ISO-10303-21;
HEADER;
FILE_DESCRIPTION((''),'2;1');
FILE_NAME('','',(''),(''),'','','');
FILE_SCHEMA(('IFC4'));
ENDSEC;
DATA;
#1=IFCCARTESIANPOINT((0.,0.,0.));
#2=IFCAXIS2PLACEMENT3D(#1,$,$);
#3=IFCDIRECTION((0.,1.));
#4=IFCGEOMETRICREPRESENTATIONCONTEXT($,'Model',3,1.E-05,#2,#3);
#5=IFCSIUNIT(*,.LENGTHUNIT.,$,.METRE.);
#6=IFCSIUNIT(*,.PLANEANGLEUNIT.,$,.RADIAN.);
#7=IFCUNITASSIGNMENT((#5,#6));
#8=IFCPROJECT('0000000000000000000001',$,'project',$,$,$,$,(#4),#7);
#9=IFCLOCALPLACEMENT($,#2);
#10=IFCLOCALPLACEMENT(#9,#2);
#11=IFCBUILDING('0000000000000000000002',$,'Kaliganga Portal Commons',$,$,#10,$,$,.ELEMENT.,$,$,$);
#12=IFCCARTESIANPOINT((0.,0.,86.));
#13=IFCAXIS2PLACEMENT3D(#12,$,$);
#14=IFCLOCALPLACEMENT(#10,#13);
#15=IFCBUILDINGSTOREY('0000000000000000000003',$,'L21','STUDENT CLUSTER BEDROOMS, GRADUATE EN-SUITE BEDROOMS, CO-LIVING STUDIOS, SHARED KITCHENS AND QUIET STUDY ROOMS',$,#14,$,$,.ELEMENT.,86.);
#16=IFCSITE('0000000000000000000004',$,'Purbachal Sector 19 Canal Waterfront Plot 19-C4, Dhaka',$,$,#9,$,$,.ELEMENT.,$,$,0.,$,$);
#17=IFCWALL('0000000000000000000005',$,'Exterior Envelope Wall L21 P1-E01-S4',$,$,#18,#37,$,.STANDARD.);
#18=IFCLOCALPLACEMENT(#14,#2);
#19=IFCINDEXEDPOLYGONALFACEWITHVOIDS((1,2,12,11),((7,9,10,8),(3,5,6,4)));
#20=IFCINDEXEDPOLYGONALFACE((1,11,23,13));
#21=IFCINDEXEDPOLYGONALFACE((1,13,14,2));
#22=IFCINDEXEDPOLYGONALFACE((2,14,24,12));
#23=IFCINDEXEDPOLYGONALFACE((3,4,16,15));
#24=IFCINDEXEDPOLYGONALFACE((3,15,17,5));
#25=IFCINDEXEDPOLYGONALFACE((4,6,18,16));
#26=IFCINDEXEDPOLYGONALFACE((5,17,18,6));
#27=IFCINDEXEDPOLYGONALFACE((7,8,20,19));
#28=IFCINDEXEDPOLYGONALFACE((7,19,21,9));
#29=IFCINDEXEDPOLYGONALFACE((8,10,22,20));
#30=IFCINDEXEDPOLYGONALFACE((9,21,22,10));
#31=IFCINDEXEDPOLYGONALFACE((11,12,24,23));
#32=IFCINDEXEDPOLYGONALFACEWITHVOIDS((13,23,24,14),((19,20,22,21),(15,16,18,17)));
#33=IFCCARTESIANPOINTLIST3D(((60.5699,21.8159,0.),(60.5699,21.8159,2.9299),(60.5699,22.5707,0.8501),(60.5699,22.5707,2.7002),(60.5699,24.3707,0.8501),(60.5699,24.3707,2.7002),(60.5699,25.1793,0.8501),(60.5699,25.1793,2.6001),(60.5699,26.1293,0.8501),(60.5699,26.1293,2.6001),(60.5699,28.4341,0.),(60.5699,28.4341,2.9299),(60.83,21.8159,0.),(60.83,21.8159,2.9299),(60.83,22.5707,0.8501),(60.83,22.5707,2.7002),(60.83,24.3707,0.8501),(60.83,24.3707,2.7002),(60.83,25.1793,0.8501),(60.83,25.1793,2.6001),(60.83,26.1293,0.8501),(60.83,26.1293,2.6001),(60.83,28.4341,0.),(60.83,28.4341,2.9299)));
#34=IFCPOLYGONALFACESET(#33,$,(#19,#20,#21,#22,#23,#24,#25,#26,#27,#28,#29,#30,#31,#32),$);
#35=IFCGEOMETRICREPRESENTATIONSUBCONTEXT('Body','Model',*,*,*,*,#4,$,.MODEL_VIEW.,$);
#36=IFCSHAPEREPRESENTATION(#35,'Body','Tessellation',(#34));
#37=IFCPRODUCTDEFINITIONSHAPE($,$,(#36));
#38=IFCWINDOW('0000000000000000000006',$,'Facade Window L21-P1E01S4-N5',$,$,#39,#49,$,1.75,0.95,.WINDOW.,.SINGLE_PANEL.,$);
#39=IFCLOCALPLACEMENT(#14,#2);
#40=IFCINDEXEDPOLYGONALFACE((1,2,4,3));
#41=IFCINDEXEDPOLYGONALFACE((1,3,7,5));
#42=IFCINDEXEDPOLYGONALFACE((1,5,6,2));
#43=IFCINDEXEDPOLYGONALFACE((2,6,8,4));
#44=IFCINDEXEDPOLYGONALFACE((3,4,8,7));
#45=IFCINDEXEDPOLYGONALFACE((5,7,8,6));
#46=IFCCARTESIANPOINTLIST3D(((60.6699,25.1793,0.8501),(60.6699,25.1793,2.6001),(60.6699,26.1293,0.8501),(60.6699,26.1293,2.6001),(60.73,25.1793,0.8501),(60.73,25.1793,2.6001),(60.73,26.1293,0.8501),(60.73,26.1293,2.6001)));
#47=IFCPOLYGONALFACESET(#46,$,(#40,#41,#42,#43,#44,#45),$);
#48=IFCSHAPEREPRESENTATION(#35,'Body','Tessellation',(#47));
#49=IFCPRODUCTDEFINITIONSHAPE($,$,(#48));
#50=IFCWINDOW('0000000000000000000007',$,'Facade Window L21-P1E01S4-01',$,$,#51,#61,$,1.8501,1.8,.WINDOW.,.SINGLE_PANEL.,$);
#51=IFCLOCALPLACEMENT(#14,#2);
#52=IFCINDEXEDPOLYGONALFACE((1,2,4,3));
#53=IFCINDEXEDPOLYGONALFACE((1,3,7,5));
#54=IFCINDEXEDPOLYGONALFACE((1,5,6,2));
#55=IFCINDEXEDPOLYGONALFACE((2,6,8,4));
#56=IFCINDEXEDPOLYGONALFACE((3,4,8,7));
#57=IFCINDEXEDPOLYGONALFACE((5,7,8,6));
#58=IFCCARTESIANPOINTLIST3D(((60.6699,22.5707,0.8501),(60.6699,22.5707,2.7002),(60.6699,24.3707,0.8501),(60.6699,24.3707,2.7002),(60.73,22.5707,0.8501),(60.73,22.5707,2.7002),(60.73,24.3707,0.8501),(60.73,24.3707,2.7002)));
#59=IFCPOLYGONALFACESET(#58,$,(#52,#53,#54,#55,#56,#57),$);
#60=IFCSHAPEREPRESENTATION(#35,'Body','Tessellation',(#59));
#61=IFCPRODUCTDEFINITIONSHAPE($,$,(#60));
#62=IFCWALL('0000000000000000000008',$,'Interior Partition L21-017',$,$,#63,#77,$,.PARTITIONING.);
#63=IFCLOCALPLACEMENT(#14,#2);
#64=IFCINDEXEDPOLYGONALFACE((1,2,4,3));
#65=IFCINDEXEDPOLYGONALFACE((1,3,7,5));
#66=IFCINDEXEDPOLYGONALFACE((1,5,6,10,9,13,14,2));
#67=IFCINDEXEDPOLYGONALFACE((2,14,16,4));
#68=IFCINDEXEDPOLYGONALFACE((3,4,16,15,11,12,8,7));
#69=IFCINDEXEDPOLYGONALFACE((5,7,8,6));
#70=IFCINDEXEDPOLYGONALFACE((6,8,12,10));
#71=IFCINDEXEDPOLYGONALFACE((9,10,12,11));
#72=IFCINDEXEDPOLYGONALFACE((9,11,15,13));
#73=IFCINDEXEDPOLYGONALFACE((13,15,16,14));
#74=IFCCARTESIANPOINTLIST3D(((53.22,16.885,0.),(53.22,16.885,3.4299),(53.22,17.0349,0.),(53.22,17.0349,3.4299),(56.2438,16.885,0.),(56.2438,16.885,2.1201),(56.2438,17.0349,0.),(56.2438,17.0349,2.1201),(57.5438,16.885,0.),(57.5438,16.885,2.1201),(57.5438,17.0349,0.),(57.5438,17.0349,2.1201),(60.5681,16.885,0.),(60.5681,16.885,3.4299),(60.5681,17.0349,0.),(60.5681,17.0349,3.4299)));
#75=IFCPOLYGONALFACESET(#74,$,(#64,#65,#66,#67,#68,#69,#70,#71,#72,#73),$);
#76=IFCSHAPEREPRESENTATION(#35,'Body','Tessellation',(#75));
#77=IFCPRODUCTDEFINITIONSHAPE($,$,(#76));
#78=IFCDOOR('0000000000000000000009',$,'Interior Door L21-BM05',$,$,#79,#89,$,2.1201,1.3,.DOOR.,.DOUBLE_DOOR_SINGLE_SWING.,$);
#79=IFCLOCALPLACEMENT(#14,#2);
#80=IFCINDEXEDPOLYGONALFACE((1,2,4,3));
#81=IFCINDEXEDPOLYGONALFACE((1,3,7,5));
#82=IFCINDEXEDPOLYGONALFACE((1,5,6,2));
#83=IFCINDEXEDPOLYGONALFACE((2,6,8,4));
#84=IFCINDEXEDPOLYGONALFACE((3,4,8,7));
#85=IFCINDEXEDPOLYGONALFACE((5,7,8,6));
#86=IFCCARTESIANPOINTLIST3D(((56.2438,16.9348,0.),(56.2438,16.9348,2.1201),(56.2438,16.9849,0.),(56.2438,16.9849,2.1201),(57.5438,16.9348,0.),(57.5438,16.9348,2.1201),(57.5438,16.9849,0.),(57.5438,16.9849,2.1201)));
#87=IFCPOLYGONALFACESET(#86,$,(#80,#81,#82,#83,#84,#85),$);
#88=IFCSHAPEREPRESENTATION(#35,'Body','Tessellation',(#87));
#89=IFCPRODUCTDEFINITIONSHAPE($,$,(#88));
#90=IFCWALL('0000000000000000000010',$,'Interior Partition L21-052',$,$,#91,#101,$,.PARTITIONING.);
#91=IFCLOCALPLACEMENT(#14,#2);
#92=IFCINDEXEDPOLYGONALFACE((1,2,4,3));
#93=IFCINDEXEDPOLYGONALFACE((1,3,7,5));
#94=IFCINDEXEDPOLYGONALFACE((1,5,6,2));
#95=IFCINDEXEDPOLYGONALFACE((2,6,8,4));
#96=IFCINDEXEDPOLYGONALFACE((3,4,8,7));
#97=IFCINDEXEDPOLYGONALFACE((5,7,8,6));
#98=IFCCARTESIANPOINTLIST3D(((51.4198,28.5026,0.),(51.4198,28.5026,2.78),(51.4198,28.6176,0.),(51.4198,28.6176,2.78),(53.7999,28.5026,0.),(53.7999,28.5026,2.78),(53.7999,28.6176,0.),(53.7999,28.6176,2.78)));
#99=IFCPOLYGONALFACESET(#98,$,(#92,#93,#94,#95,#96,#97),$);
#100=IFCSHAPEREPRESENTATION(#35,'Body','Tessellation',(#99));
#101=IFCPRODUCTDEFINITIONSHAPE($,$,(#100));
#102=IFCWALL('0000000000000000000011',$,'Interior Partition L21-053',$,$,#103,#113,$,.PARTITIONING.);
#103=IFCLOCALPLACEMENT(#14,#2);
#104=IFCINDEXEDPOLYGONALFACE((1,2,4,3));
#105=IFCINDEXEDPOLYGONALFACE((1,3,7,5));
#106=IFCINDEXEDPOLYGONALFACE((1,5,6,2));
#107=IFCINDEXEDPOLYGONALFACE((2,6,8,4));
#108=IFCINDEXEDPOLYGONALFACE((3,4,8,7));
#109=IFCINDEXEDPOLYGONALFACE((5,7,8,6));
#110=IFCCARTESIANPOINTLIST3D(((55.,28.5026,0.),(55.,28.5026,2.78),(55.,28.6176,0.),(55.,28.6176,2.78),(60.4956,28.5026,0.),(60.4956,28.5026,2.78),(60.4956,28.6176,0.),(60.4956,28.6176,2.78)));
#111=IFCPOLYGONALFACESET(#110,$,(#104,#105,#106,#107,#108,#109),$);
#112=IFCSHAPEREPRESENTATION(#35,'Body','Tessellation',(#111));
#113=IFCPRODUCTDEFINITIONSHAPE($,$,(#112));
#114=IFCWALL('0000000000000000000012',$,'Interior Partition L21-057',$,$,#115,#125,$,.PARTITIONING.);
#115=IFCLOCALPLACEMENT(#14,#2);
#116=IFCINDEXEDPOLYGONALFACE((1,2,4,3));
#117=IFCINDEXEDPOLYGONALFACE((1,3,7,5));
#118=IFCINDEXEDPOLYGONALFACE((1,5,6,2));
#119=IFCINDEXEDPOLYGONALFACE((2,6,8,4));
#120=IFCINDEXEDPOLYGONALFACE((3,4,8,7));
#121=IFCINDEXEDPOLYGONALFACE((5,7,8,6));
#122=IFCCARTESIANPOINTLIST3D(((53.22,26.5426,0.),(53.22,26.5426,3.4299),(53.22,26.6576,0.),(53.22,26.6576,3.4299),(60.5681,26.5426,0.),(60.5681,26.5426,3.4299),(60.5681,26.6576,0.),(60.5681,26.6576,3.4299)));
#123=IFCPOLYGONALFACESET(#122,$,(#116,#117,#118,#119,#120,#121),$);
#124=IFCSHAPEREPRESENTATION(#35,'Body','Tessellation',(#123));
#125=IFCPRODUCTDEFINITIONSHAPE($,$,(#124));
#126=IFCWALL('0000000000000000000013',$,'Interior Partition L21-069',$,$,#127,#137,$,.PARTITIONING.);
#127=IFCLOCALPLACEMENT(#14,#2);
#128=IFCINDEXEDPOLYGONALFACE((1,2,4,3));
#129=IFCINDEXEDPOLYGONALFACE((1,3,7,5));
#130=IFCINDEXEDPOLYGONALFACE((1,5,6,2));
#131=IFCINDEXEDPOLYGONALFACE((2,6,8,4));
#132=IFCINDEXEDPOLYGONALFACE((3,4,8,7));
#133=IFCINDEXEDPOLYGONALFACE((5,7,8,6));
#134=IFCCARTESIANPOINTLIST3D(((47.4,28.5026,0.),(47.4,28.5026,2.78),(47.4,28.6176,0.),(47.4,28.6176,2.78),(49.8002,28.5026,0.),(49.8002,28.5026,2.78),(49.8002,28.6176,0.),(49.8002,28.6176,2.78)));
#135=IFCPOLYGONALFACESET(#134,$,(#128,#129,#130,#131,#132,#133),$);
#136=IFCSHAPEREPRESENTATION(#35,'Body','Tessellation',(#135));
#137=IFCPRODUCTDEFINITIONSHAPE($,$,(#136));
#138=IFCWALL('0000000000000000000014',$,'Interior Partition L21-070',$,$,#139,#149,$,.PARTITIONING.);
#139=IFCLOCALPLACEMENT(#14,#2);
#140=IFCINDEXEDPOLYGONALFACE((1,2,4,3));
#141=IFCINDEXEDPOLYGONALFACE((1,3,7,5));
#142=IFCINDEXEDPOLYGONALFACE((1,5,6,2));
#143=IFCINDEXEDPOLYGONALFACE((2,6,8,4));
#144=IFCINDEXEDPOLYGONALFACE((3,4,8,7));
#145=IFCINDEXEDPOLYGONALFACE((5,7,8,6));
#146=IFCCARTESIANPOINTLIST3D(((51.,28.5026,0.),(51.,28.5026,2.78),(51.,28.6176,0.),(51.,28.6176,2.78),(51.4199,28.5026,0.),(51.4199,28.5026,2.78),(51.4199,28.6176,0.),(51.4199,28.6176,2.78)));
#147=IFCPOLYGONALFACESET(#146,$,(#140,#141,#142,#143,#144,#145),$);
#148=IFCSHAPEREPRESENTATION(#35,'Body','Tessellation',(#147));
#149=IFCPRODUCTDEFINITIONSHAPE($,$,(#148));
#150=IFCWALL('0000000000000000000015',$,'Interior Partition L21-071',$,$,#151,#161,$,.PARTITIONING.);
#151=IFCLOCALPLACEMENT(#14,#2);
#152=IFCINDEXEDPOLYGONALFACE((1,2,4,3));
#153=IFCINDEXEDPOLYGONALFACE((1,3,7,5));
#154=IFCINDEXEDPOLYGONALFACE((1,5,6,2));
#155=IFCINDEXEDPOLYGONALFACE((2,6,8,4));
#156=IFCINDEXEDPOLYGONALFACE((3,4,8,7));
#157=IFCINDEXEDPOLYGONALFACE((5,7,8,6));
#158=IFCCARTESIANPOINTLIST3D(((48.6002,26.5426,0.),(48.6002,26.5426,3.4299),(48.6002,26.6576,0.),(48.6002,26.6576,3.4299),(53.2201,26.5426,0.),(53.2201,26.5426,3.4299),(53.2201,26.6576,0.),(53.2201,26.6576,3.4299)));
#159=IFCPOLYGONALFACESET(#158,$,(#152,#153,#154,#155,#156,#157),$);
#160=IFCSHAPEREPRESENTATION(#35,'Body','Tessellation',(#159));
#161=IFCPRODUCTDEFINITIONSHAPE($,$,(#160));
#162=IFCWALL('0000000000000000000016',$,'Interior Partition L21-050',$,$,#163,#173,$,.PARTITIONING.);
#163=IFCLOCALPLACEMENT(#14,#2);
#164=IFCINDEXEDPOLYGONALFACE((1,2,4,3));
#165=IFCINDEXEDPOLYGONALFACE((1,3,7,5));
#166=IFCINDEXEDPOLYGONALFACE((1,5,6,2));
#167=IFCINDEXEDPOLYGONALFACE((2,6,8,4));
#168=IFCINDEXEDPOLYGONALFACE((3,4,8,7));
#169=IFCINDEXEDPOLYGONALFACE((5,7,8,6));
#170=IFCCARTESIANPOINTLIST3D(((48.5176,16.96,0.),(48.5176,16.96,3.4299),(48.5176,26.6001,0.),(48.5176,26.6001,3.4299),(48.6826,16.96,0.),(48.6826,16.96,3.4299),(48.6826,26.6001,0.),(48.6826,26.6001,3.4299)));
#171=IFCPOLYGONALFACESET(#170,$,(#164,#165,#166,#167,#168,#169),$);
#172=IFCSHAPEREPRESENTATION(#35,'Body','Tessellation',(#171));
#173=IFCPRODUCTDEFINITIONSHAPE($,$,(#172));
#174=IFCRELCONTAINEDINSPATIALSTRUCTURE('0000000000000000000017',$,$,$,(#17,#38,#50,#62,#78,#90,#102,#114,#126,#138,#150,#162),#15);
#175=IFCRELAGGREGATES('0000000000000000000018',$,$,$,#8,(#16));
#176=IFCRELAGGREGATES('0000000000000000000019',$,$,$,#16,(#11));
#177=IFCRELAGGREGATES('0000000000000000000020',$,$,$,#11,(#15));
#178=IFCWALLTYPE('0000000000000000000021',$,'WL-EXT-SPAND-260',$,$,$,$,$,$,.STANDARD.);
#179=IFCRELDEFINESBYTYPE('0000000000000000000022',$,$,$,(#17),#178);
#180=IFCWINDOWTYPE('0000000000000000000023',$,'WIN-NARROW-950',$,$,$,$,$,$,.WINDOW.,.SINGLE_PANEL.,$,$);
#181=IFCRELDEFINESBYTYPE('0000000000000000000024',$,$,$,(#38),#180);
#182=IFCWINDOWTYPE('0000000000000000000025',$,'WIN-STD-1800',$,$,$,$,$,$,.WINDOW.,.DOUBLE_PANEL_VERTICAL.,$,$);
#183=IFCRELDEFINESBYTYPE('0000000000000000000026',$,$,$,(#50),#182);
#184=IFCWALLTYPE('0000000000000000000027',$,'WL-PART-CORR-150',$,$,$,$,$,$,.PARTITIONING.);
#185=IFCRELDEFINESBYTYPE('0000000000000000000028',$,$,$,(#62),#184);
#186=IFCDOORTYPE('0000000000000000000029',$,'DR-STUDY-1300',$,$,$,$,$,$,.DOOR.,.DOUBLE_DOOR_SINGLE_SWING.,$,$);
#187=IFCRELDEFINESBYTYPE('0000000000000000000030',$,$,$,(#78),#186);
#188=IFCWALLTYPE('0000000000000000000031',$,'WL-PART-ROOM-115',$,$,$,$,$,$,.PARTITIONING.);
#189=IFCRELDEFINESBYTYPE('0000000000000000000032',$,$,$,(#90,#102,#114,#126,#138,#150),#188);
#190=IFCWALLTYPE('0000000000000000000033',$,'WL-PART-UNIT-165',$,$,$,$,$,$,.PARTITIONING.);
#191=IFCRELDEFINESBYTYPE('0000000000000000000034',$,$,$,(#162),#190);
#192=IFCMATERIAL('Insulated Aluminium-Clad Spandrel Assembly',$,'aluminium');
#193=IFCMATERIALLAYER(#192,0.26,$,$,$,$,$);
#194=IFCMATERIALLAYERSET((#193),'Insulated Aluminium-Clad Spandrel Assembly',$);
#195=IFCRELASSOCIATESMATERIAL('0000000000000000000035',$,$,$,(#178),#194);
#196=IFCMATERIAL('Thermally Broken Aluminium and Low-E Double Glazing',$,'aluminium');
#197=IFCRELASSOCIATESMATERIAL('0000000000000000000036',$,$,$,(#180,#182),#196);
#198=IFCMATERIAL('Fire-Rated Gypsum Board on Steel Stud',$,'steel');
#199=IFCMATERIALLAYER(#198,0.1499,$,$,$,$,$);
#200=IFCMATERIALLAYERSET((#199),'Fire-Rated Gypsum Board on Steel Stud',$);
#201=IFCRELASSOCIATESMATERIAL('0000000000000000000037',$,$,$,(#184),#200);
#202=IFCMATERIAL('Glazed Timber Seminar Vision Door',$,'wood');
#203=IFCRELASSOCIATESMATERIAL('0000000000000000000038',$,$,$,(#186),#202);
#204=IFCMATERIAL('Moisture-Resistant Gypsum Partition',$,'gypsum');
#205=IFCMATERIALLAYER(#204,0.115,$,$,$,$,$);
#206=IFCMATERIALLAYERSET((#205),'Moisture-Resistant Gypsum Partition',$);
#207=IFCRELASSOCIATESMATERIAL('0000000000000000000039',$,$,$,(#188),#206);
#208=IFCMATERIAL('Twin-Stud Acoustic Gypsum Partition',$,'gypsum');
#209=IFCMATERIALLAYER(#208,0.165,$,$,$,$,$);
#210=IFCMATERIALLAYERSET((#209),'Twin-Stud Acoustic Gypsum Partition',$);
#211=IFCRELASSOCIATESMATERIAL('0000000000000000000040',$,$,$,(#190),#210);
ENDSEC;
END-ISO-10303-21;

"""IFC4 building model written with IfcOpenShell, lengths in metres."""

from ifc_helpers import new_model, si_unit, direction, frame, frame_2d, origin, place, context, subcontext, project, spatial, rectangle, extrude, material, layer, layer_set, type_object, element, fill, save


model = new_model("IFC4")

# Units and contexts
model_context = context("Model", 3, precision=1e-05, world=origin(), true_north=direction((0.0, 1.0)))
body_context = subcontext(model_context, "Body", "Model", "MODEL_VIEW")
ifc_project = project(units=[si_unit("LENGTHUNIT", "METRE"), si_unit("PLANEANGLEUNIT", "RADIAN")], contexts=[model_context])

# Site, building, storey
site_placement = place(None, origin())
site = spatial("IfcSite", under=ifc_project, at=site_placement, Name="Purbachal Sector 19 Canal Waterfront Plot 19-C4, Dhaka", CompositionType="ELEMENT", RefElevation=0.0)
building_placement = place(site_placement, origin())
building = spatial("IfcBuilding", under=site, at=building_placement, Name="Kaliganga Portal Commons", CompositionType="ELEMENT")
storey_placement = place(building_placement, frame((0.0, 0.0, 86.0)))
storey = spatial("IfcBuildingStorey", under=building, at=storey_placement, Name="L21", Description="STUDENT CLUSTER BEDROOMS, GRADUATE EN-SUITE BEDROOMS, CO-LIVING STUDIOS, SHARED KITCHENS AND QUIET STUDY ROOMS", CompositionType="ELEMENT", Elevation=86.0)

# Wall, openings, windows
ifc_material_1 = material(Name="Insulated Aluminium-Clad Spandrel Assembly", Category="aluminium")
ifc_layer_1 = layer(ifc_material_1, 0.26)
ifc_layer_set_1 = layer_set([ifc_layer_1], Name="Insulated Aluminium-Clad Spandrel Assembly")
wall_type_1 = type_object("IfcWallType", Name="WL-EXT-SPAND-260", PredefinedType="STANDARD", material=ifc_layer_set_1)
ifc_material_2 = material(Name="Thermally Broken Aluminium and Low-E Double Glazing", Category="aluminium")
window_type_1 = type_object("IfcWindowType", Name="WIN-NARROW-950", PartitioningType="SINGLE_PANEL", PredefinedType="WINDOW", material=ifc_material_2)
window_type_2 = type_object("IfcWindowType", Name="WIN-STD-1800", PartitioningType="DOUBLE_PANEL_VERTICAL", PredefinedType="WINDOW", material=ifc_material_2)
wall_1_placement = place(storey_placement, frame((60.7, 28.4341, 0.0), z_axis=(0.0, 0.0, 1.0), x_axis=(0.0, -1.0, 0.0)))
wall_1 = element("IfcWall", 1, at=wall_1_placement, inside=storey, type_object=wall_type_1, Name="Exterior Envelope Wall L21 P1-E01-S4", PredefinedType="STANDARD", context=body_context, shape_type="SweptSolid", body=[
    extrude(rectangle(XDim=6.6182, YDim=0.26, at=frame_2d((3.3091, 0.0))), origin(), (0.0, 0.0, 1.0), 2.9299),
])
opening_1_placement = place(wall_1_placement, frame((4.0635, 0.0, 0.8501)))
opening_1 = element("IfcOpeningElement", 2, at=opening_1_placement, cuts=wall_1, PredefinedType="OPENING", context=body_context, shape_type="SweptSolid", body=[
    extrude(rectangle(XDim=1.8, YDim=1.8501, at=frame_2d((0.8999, 0.925))), frame((0.0, 0.1401, 0.0), z_axis=(0.0, -1.0, 0.0), x_axis=(1.0, 0.0, 0.0)), (0.0, 0.0, 1.0), 0.28),
])
opening_2_placement = place(wall_1_placement, frame((2.3047, 0.0, 0.8501)))
opening_2 = element("IfcOpeningElement", 3, at=opening_2_placement, cuts=wall_1, PredefinedType="OPENING", context=body_context, shape_type="SweptSolid", body=[
    extrude(rectangle(XDim=0.95, YDim=1.75, at=frame_2d((0.4751, 0.875))), frame((0.0, 0.1401, 0.0), z_axis=(0.0, -1.0, 0.0), x_axis=(1.0, 0.0, 0.0)), (0.0, 0.0, 1.0), 0.28),
])
window_1_placement = place(opening_2_placement, origin())
window_1 = element("IfcWindow", 4, at=window_1_placement, inside=storey, type_object=window_type_1, Name="Facade Window L21-P1E01S4-N5", OverallHeight=1.75, OverallWidth=0.95, PartitioningType="SINGLE_PANEL", PredefinedType="WINDOW", context=body_context, shape_type="SweptSolid", body=[
    extrude(rectangle(XDim=0.95, YDim=1.75, at=frame_2d((0.4751, 0.875))), frame((0.0, 0.03, 0.0), z_axis=(0.0, -1.0, 0.0), x_axis=(1.0, 0.0, 0.0)), (0.0, 0.0, 1.0), 0.0601),
])
fill(opening_2, window_1)
window_2_placement = place(opening_1_placement, origin())
window_2 = element("IfcWindow", 5, at=window_2_placement, inside=storey, type_object=window_type_2, Name="Facade Window L21-P1E01S4-01", OverallHeight=1.8501, OverallWidth=1.8, PartitioningType="SINGLE_PANEL", PredefinedType="WINDOW", context=body_context, shape_type="SweptSolid", body=[
    extrude(rectangle(XDim=1.8, YDim=1.8501, at=frame_2d((0.8999, 0.925))), frame((0.0, 0.03, 0.0), z_axis=(0.0, -1.0, 0.0), x_axis=(1.0, 0.0, 0.0)), (0.0, 0.0, 1.0), 0.0601),
])
fill(opening_1, window_2)

# Wall, opening, door
ifc_material_3 = material(Name="Fire-Rated Gypsum Board on Steel Stud", Category="steel")
ifc_layer_2 = layer(ifc_material_3, 0.1499)
ifc_layer_set_2 = layer_set([ifc_layer_2], Name="Fire-Rated Gypsum Board on Steel Stud")
wall_type_2 = type_object("IfcWallType", Name="WL-PART-CORR-150", PredefinedType="PARTITIONING", material=ifc_layer_set_2)
wall_2_placement = place(storey_placement, frame((53.22, 16.96, 0.0), z_axis=(0.0, 0.0, 1.0), x_axis=(1.0, 0.0, 0.0)))
wall_2 = element("IfcWall", 6, at=wall_2_placement, inside=storey, type_object=wall_type_2, Name="Interior Partition L21-017", PredefinedType="PARTITIONING", context=body_context, shape_type="SweptSolid", body=[
    extrude(rectangle(XDim=7.3481, YDim=0.1499, at=frame_2d((3.6741, 0.0))), origin(), (0.0, 0.0, 1.0), 3.4299),
])
opening_3_placement = place(wall_2_placement, frame((3.0239, 0.0, 0.0)))
opening_3 = element("IfcOpeningElement", 7, at=opening_3_placement, cuts=wall_2, PredefinedType="OPENING", context=body_context, shape_type="SweptSolid", body=[
    extrude(rectangle(XDim=1.3, YDim=2.1201, at=frame_2d((0.6499, 1.0601))), frame((0.0, 0.085, 0.0), z_axis=(0.0, -1.0, 0.0), x_axis=(1.0, 0.0, 0.0)), (0.0, 0.0, 1.0), 0.1699),
])
ifc_material_4 = material(Name="Glazed Timber Seminar Vision Door", Category="wood")
door_type = type_object("IfcDoorType", Name="DR-STUDY-1300", OperationType="DOUBLE_DOOR_SINGLE_SWING", PredefinedType="DOOR", material=ifc_material_4)
door_placement = place(opening_3_placement, origin())
door = element("IfcDoor", 8, at=door_placement, inside=storey, type_object=door_type, Name="Interior Door L21-BM05", OperationType="DOUBLE_DOOR_SINGLE_SWING", OverallHeight=2.1201, OverallWidth=1.3, PredefinedType="DOOR", context=body_context, shape_type="SweptSolid", body=[
    extrude(rectangle(XDim=1.3, YDim=2.1201, at=frame_2d((0.6499, 1.0601))), frame((0.0, 0.0249, 0.0), z_axis=(0.0, -1.0, 0.0), x_axis=(1.0, 0.0, 0.0)), (0.0, 0.0, 1.0), 0.05),
])
fill(opening_3, door)

# Walls
ifc_material_5 = material(Name="Moisture-Resistant Gypsum Partition", Category="gypsum")
ifc_layer_3 = layer(ifc_material_5, 0.115)
ifc_layer_set_3 = layer_set([ifc_layer_3], Name="Moisture-Resistant Gypsum Partition")
wall_type_3 = type_object("IfcWallType", Name="WL-PART-ROOM-115", PredefinedType="PARTITIONING", material=ifc_layer_set_3)
wall_3_placement = place(storey_placement, frame((51.4199, 28.5601, 0.0), z_axis=(0.0, 0.0, 1.0), x_axis=(1.0, 0.0, 0.0)))
element("IfcWall", 9, at=wall_3_placement, inside=storey, type_object=wall_type_3, Name="Interior Partition L21-052", PredefinedType="PARTITIONING", context=body_context, shape_type="SweptSolid", body=[
    extrude(rectangle(XDim=2.3801, YDim=0.115, at=frame_2d((1.1899, 0.0))), origin(), (0.0, 0.0, 1.0), 2.78),
])
wall_4_placement = place(storey_placement, frame((55.0, 28.5601, 0.0), z_axis=(0.0, 0.0, 1.0), x_axis=(1.0, 0.0, 0.0)))
element("IfcWall", 10, at=wall_4_placement, inside=storey, type_object=wall_type_3, Name="Interior Partition L21-053", PredefinedType="PARTITIONING", context=body_context, shape_type="SweptSolid", body=[
    extrude(rectangle(XDim=5.4956, YDim=0.115, at=frame_2d((2.7478, 0.0))), origin(), (0.0, 0.0, 1.0), 2.78),
])
wall_5_placement = place(storey_placement, frame((53.22, 26.6001, 0.0), z_axis=(0.0, 0.0, 1.0), x_axis=(1.0, 0.0, 0.0)))
element("IfcWall", 11, at=wall_5_placement, inside=storey, type_object=wall_type_3, Name="Interior Partition L21-057", PredefinedType="PARTITIONING", context=body_context, shape_type="SweptSolid", body=[
    extrude(rectangle(XDim=7.3481, YDim=0.115, at=frame_2d((3.6741, 0.0))), origin(), (0.0, 0.0, 1.0), 3.4299),
])
wall_6_placement = place(storey_placement, frame((47.3999, 28.5601, 0.0), z_axis=(0.0, 0.0, 1.0), x_axis=(1.0, 0.0, 0.0)))
element("IfcWall", 12, at=wall_6_placement, inside=storey, type_object=wall_type_3, Name="Interior Partition L21-069", PredefinedType="PARTITIONING", context=body_context, shape_type="SweptSolid", body=[
    extrude(rectangle(XDim=2.4001, YDim=0.115, at=frame_2d((1.2002, 0.0))), origin(), (0.0, 0.0, 1.0), 2.78),
])
wall_7_placement = place(storey_placement, frame((51.0, 28.5601, 0.0), z_axis=(0.0, 0.0, 1.0), x_axis=(1.0, 0.0, 0.0)))
element("IfcWall", 13, at=wall_7_placement, inside=storey, type_object=wall_type_3, Name="Interior Partition L21-070", PredefinedType="PARTITIONING", context=body_context, shape_type="SweptSolid", body=[
    extrude(rectangle(XDim=0.4199, YDim=0.115, at=frame_2d((0.21, 0.0))), origin(), (0.0, 0.0, 1.0), 2.78),
])
wall_8_placement = place(storey_placement, frame((48.6001, 26.6001, 0.0), z_axis=(0.0, 0.0, 1.0), x_axis=(1.0, 0.0, 0.0)))
element("IfcWall", 14, at=wall_8_placement, inside=storey, type_object=wall_type_3, Name="Interior Partition L21-071", PredefinedType="PARTITIONING", context=body_context, shape_type="SweptSolid", body=[
    extrude(rectangle(XDim=4.6199, YDim=0.115, at=frame_2d((2.3101, 0.0))), origin(), (0.0, 0.0, 1.0), 3.4299),
])
ifc_material_6 = material(Name="Twin-Stud Acoustic Gypsum Partition", Category="gypsum")
ifc_layer_4 = layer(ifc_material_6, 0.165)
ifc_layer_set_4 = layer_set([ifc_layer_4], Name="Twin-Stud Acoustic Gypsum Partition")
wall_type_4 = type_object("IfcWallType", Name="WL-PART-UNIT-165", PredefinedType="PARTITIONING", material=ifc_layer_set_4)
for number, where, z_axis, x_axis, name in (
    (15, (48.6001, 16.96, 0.0), (0.0, 0.0, 1.0), (0.0, 1.0, 0.0), "Interior Partition L21-050"),
):
    element("IfcWall", number, at=place(storey_placement, frame(where, z_axis=z_axis, x_axis=x_axis)), inside=storey, type_object=wall_type_4, Name=name, PredefinedType="PARTITIONING", context=body_context, shape_type="SweptSolid", body=[
        extrude(rectangle(XDim=9.6401, YDim=0.165, at=frame_2d((4.8201, 0.0))), origin(), (0.0, 0.0, 1.0), 3.4299),
    ])

save(model, "model.ifc")
